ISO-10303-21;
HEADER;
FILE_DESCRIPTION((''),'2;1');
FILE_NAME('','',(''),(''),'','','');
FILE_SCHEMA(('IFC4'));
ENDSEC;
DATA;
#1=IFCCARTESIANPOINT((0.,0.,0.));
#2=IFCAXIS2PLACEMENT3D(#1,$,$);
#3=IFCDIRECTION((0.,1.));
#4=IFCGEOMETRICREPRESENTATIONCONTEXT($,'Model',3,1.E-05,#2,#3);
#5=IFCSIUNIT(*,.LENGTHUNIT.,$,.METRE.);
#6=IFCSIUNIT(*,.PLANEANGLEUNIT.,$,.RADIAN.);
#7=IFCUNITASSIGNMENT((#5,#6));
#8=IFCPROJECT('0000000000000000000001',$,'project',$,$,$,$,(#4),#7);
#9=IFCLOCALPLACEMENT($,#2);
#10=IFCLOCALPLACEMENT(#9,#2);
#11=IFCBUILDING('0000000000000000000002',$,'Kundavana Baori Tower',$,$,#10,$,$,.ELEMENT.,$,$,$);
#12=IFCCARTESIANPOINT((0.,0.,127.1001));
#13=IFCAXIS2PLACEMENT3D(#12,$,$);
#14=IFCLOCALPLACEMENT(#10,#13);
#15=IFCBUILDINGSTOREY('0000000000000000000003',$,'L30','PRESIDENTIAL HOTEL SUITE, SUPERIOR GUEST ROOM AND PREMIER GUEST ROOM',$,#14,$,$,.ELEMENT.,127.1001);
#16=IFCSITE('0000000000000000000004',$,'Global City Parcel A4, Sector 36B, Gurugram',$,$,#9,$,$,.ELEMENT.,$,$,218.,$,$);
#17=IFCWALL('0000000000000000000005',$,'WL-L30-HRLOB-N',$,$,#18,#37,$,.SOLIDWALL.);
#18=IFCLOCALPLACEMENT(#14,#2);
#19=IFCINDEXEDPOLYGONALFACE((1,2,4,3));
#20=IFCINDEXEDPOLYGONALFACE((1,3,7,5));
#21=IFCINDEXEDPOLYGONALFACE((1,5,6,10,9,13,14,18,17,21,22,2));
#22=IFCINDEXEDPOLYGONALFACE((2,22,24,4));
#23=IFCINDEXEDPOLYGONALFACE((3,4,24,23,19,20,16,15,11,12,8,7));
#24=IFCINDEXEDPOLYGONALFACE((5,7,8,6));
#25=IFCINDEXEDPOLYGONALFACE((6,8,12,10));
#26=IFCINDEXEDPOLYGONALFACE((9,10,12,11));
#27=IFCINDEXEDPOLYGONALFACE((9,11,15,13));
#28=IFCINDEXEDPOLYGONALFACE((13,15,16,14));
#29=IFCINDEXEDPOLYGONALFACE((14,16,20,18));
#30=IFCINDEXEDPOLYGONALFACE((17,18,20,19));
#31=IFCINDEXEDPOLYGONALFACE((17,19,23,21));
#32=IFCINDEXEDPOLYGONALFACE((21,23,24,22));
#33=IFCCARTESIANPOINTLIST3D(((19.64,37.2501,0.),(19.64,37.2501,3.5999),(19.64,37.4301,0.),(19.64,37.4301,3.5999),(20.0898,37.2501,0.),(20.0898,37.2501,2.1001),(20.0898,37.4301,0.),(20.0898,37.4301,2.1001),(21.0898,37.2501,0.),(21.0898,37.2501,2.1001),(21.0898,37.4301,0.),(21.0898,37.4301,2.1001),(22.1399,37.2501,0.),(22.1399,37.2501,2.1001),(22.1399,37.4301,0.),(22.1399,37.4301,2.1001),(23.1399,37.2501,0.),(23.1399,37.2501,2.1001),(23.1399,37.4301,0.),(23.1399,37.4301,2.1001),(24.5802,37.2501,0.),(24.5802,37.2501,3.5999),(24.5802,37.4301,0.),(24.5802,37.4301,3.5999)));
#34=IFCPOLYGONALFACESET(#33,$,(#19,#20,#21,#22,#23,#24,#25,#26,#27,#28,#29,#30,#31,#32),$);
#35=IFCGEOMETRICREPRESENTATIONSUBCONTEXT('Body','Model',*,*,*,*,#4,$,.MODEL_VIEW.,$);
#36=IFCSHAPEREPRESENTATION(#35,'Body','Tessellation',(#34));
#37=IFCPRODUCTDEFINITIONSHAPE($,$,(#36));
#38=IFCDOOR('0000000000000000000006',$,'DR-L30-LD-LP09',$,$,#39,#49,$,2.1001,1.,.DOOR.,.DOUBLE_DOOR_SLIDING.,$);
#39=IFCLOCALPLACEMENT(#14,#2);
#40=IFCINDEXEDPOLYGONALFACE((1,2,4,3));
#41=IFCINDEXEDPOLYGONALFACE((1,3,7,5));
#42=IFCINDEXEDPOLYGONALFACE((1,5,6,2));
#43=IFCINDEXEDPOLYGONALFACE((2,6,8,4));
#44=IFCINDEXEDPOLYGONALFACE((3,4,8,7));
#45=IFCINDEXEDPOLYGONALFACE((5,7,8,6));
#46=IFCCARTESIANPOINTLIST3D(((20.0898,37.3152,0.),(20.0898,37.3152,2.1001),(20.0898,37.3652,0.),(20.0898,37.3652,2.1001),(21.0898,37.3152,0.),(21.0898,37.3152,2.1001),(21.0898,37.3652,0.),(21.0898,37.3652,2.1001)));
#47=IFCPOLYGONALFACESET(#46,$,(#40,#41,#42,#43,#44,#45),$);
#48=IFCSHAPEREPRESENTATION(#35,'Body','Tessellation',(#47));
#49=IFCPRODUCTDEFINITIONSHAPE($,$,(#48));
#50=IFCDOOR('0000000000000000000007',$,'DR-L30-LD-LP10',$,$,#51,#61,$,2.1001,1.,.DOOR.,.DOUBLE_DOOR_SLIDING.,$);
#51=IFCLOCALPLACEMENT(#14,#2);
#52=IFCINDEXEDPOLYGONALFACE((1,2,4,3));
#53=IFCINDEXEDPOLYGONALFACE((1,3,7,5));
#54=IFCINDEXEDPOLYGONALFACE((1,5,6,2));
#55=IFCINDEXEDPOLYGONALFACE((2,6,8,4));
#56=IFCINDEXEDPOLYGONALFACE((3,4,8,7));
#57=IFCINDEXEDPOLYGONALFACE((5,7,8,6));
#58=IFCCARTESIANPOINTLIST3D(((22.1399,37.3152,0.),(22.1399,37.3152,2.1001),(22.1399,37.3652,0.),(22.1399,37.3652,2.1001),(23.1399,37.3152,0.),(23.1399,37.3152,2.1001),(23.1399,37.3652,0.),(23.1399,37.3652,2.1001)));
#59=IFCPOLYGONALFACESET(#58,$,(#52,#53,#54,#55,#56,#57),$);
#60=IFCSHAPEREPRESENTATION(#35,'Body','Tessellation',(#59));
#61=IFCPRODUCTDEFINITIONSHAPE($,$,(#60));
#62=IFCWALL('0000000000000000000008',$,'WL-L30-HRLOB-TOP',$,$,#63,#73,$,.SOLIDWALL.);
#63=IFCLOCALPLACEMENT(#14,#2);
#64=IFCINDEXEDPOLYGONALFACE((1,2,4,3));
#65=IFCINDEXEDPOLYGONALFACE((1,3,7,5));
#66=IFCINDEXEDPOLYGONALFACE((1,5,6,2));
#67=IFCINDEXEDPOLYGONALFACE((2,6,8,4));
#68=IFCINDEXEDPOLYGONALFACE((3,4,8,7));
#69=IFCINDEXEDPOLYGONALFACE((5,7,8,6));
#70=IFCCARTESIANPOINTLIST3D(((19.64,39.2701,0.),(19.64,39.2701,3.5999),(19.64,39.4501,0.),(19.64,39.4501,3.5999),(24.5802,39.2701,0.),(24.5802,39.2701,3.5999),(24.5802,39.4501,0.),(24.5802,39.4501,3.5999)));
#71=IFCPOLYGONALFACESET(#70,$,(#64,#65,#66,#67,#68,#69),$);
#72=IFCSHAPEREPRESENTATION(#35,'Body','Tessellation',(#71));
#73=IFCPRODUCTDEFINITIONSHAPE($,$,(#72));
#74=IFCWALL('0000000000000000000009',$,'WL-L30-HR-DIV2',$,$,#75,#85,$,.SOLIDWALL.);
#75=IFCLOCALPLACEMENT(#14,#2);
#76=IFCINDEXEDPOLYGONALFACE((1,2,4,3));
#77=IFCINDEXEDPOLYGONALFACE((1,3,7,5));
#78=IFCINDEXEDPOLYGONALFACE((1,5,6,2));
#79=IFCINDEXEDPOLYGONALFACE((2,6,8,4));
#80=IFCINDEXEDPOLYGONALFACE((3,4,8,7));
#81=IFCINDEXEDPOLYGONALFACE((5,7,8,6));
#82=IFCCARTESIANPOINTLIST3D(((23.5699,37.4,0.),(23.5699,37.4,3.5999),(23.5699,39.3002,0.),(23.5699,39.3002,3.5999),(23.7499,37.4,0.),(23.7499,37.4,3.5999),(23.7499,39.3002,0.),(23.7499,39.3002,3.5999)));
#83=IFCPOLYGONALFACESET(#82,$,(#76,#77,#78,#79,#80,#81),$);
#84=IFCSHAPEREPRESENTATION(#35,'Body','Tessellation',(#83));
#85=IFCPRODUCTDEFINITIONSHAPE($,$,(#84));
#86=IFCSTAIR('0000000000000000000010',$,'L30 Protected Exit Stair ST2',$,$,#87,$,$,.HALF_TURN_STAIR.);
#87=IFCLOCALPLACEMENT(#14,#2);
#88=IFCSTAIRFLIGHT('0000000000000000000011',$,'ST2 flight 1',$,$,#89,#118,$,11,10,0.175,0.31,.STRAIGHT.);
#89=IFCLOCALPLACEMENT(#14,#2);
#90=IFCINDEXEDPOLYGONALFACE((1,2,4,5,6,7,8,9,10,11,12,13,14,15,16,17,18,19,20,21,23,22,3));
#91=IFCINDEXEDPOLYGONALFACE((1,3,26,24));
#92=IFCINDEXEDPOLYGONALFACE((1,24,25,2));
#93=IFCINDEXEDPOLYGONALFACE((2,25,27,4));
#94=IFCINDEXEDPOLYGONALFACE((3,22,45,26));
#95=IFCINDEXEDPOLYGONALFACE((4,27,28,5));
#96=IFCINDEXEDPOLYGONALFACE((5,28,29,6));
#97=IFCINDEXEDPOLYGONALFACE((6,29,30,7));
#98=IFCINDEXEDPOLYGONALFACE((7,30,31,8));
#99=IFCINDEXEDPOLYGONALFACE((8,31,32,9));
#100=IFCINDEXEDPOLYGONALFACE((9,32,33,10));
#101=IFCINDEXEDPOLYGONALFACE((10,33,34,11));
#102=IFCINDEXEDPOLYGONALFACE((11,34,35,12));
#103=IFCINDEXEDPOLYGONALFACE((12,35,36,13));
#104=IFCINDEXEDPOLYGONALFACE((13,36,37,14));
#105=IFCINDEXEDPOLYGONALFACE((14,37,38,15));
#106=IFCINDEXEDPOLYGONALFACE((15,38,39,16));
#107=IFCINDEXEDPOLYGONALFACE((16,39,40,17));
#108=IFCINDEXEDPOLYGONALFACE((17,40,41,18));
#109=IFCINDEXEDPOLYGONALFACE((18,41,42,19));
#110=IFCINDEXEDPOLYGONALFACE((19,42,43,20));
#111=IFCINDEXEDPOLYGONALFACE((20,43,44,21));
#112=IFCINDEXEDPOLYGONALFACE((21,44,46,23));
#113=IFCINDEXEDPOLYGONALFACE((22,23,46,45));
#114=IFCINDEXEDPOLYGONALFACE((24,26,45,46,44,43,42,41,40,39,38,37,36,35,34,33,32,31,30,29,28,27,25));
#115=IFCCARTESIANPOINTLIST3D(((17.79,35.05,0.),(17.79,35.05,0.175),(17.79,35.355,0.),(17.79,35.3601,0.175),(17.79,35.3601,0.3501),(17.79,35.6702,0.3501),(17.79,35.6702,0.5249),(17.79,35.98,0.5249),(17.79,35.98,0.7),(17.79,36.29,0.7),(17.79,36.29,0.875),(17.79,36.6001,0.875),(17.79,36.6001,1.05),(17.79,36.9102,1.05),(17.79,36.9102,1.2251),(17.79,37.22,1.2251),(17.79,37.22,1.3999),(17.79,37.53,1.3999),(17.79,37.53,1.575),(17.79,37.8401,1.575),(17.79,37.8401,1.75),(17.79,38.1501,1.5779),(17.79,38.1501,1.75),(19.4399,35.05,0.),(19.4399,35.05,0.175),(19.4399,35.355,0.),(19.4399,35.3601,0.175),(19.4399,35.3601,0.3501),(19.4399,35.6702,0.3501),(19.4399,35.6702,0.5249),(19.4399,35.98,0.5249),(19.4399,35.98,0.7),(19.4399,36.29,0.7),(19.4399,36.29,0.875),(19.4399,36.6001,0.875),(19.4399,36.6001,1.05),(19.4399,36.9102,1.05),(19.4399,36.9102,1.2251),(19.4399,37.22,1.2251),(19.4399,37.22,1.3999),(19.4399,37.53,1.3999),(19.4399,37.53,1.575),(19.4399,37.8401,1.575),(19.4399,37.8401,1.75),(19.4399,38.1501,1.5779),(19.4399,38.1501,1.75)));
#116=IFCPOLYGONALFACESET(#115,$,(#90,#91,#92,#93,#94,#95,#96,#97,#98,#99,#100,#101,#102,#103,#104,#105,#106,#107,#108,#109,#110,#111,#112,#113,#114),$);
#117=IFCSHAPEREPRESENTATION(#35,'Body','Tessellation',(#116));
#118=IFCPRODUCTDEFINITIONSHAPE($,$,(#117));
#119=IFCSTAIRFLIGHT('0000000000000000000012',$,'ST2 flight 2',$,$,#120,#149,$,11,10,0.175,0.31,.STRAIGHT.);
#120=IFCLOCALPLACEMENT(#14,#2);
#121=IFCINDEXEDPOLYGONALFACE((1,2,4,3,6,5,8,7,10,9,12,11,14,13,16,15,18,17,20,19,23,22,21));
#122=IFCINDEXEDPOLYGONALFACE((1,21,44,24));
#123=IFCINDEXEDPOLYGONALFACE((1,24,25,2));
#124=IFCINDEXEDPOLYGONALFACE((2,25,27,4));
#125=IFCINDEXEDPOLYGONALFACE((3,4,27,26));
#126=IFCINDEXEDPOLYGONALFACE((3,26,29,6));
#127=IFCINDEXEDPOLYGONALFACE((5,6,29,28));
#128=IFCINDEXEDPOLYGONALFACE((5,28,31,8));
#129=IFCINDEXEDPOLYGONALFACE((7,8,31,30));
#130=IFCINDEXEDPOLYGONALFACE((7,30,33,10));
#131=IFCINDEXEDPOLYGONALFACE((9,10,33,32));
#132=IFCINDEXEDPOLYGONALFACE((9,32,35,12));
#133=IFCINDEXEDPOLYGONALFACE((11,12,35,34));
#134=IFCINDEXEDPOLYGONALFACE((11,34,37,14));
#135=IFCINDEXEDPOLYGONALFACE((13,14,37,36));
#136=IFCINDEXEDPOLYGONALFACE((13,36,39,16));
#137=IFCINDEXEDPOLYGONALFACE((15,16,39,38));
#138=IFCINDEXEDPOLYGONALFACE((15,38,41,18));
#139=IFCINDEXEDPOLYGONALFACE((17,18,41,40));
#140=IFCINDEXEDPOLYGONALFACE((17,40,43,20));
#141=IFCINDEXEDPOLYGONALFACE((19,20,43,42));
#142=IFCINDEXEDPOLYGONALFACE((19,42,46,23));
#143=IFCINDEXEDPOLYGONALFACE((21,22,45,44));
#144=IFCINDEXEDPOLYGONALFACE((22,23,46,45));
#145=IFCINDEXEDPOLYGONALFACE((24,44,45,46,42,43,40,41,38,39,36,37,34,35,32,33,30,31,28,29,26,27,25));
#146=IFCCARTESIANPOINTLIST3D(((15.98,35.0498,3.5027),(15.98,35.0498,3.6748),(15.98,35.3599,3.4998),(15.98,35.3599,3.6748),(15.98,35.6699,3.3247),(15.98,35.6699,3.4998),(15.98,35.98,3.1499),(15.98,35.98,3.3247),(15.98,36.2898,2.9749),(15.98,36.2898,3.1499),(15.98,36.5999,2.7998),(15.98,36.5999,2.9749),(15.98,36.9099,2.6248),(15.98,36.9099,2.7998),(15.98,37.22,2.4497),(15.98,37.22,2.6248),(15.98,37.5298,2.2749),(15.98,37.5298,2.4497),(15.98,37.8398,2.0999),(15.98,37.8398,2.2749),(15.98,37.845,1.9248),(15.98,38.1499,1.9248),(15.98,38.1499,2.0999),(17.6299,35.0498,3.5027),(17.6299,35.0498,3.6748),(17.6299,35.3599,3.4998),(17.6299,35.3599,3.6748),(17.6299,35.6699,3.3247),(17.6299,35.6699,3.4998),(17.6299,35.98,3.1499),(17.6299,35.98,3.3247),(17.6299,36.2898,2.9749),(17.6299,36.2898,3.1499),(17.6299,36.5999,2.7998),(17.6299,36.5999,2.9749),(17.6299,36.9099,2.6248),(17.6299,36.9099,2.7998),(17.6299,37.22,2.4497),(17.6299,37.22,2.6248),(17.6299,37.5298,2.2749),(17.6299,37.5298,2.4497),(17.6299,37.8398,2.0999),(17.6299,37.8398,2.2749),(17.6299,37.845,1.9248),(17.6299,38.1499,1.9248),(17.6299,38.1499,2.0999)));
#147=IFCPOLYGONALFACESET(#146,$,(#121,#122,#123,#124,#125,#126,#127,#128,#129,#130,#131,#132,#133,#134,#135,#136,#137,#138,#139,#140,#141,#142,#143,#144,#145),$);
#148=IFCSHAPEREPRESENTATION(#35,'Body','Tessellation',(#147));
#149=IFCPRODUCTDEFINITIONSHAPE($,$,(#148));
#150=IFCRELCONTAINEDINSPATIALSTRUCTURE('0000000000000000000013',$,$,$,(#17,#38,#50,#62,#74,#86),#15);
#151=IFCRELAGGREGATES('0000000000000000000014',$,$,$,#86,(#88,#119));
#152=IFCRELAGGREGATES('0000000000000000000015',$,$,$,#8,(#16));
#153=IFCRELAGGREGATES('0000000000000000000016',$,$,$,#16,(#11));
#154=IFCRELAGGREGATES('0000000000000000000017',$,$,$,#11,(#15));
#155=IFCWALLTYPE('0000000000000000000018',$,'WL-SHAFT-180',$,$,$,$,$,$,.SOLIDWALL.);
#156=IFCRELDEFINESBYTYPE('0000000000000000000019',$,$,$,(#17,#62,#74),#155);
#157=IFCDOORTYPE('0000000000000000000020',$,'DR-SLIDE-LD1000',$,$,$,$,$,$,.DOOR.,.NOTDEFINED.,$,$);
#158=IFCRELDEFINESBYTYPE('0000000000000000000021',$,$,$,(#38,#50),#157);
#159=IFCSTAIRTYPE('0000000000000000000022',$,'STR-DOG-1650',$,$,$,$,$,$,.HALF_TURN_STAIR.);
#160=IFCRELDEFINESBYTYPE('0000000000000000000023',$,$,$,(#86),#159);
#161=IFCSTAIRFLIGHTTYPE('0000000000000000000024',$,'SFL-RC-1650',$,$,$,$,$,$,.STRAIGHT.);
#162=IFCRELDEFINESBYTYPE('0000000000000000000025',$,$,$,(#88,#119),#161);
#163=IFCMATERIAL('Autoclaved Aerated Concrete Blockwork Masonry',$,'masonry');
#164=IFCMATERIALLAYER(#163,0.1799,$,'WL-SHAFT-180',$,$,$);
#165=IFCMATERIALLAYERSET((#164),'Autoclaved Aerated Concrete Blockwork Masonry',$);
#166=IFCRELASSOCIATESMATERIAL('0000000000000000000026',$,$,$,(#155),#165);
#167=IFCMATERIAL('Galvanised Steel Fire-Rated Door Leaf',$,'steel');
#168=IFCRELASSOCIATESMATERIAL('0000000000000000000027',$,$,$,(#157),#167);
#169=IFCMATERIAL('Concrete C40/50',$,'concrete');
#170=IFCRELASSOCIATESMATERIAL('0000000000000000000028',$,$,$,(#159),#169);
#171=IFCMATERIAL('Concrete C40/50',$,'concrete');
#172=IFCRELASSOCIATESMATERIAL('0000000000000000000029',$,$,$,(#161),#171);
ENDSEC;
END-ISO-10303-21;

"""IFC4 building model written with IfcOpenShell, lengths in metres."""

from ifc_helpers import new_model, si_unit, direction, frame, frame_2d, origin, place, context, subcontext, project, spatial, polyline, rectangle, outline, extrude, material, layer, layer_set, type_object, element, fill, aggregate, save


model = new_model("IFC4")

# Units and contexts
model_context = context("Model", 3, precision=1e-05, world=origin(), true_north=direction((0.0, 1.0)))
body_context = subcontext(model_context, "Body", "Model", "MODEL_VIEW")
ifc_project = project(units=[si_unit("LENGTHUNIT", "METRE"), si_unit("PLANEANGLEUNIT", "RADIAN")], contexts=[model_context])

# Site, building, storey
site_placement = place(None, origin())
site = spatial("IfcSite", under=ifc_project, at=site_placement, Name="Global City Parcel A4, Sector 36B, Gurugram", CompositionType="ELEMENT", RefElevation=218.0)
building_placement = place(site_placement, origin())
building = spatial("IfcBuilding", under=site, at=building_placement, Name="Kundavana Baori Tower", CompositionType="ELEMENT")
storey_placement = place(building_placement, frame((0.0, 0.0, 127.1001)))
storey = spatial("IfcBuildingStorey", under=building, at=storey_placement, Name="L30", Description="PRESIDENTIAL HOTEL SUITE, SUPERIOR GUEST ROOM AND PREMIER GUEST ROOM", CompositionType="ELEMENT", Elevation=127.1001)

# Shared definitions
ifc_material_1 = material(Name="Autoclaved Aerated Concrete Blockwork Masonry", Category="masonry")
ifc_layer_1 = layer(ifc_material_1, 0.1799, Name="WL-SHAFT-180")
ifc_layer_set_1 = layer_set([ifc_layer_1], Name="Autoclaved Aerated Concrete Blockwork Masonry")
wall_type_1 = type_object("IfcWallType", Name="WL-SHAFT-180", PredefinedType="SOLIDWALL", material=ifc_layer_set_1)
ifc_material_2 = material(Name="Galvanised Steel Fire-Rated Door Leaf", Category="steel")
door_type = type_object("IfcDoorType", Name="DR-SLIDE-LD1000", OperationType="NOTDEFINED", PredefinedType="DOOR", material=ifc_material_2)

# Wall, openings, doors
wall_1_placement = place(storey_placement, frame((19.6399, 37.3401, 0.0), z_axis=(0.0, 0.0, 1.0), x_axis=(1.0, 0.0, 0.0)))
wall_1 = element("IfcWall", 1, at=wall_1_placement, inside=storey, type_object=wall_type_1, Name="WL-L30-HRLOB-N", PredefinedType="SOLIDWALL", context=body_context, shape_type="SweptSolid", body=[
    extrude(rectangle(XDim=4.9402, YDim=0.1799, at=frame_2d((2.4702, 0.0))), origin(), (0.0, 0.0, 1.0), 3.5999),
])
opening_1_placement = place(wall_1_placement, frame((0.45, 0.0, 0.0)))
opening_1 = element("IfcOpeningElement", 2, at=opening_1_placement, cuts=wall_1, PredefinedType="OPENING", context=body_context, shape_type="SweptSolid", body=[
    extrude(rectangle(XDim=1.0, YDim=2.1001, at=frame_2d((0.5, 1.05))), frame((0.0, 0.1001, 0.0), z_axis=(0.0, -1.0, 0.0), x_axis=(1.0, 0.0, 0.0)), (0.0, 0.0, 1.0), 0.2),
])
opening_2_placement = place(wall_1_placement, frame((2.5, 0.0, 0.0)))
opening_2 = element("IfcOpeningElement", 3, at=opening_2_placement, cuts=wall_1, PredefinedType="OPENING", context=body_context, shape_type="SweptSolid", body=[
    extrude(rectangle(XDim=1.0, YDim=2.1001, at=frame_2d((0.5, 1.05))), frame((0.0, 0.1001, 0.0), z_axis=(0.0, -1.0, 0.0), x_axis=(1.0, 0.0, 0.0)), (0.0, 0.0, 1.0), 0.2),
])
door_1_placement = place(opening_1_placement, frame((1.0, 0.0, 0.0), z_axis=(0.0, 0.0, 1.0), x_axis=(-1.0, 0.0, 0.0)))
door_1 = element("IfcDoor", 4, at=door_1_placement, inside=storey, type_object=door_type, Name="DR-L30-LD-LP09", OperationType="DOUBLE_DOOR_SLIDING", OverallHeight=2.1001, OverallWidth=1.0, PredefinedType="DOOR", context=body_context, shape_type="SweptSolid", body=[
    extrude(rectangle(XDim=1.0, YDim=2.1001, at=frame_2d((0.5, 1.05))), frame((0.0, 0.0249, 0.0), z_axis=(0.0, -1.0, 0.0), x_axis=(1.0, 0.0, 0.0)), (0.0, 0.0, 1.0), 0.05),
])
fill(opening_1, door_1)
door_2_placement = place(opening_2_placement, frame((1.0, 0.0, 0.0), z_axis=(0.0, 0.0, 1.0), x_axis=(-1.0, 0.0, 0.0)))
door_2 = element("IfcDoor", 5, at=door_2_placement, inside=storey, type_object=door_type, Name="DR-L30-LD-LP10", OperationType="DOUBLE_DOOR_SLIDING", OverallHeight=2.1001, OverallWidth=1.0, PredefinedType="DOOR", context=body_context, shape_type="SweptSolid", body=[
    extrude(rectangle(XDim=1.0, YDim=2.1001, at=frame_2d((0.5, 1.05))), frame((0.0, 0.0249, 0.0), z_axis=(0.0, -1.0, 0.0), x_axis=(1.0, 0.0, 0.0)), (0.0, 0.0, 1.0), 0.05),
])
fill(opening_2, door_2)

# Walls
wall_2_placement = place(storey_placement, frame((19.6399, 39.3601, 0.0), z_axis=(0.0, 0.0, 1.0), x_axis=(1.0, 0.0, 0.0)))
element("IfcWall", 6, at=wall_2_placement, inside=storey, type_object=wall_type_1, Name="WL-L30-HRLOB-TOP", PredefinedType="SOLIDWALL", context=body_context, shape_type="SweptSolid", body=[
    extrude(rectangle(XDim=4.9402, YDim=0.1799, at=frame_2d((2.4702, 0.0))), origin(), (0.0, 0.0, 1.0), 3.5999),
])
wall_3_placement = place(storey_placement, frame((23.6599, 37.3999, 0.0), z_axis=(0.0, 0.0, 1.0), x_axis=(0.0, 1.0, 0.0)))
element("IfcWall", 7, at=wall_3_placement, inside=storey, type_object=wall_type_1, Name="WL-L30-HR-DIV2", PredefinedType="SOLIDWALL", context=body_context, shape_type="SweptSolid", body=[
    extrude(rectangle(XDim=1.9001, YDim=0.1799, at=frame_2d((0.9502, 0.0))), origin(), (0.0, 0.0, 1.0), 3.5999),
])

# Stair, stair flights
ifc_material_3 = material(Name="Concrete C40/50", Category="concrete")
stair_type = type_object("IfcStairType", Name="STR-DOG-1650", PredefinedType="HALF_TURN_STAIR", material=ifc_material_3)
stair_placement = place(storey_placement, origin())
stair = element("IfcStair", 8, at=stair_placement, inside=storey, type_object=stair_type, Name="L30 Protected Exit Stair ST2", PredefinedType="HALF_TURN_STAIR")
ifc_material_4 = material(Name="Concrete C40/50", Category="concrete")
stair_flight_type = type_object("IfcStairFlightType", Name="SFL-RC-1650", PredefinedType="STRAIGHT", material=ifc_material_4)
stair_flight_1_placement = place(storey_placement, frame((18.615, 35.05, 0.0), z_axis=(0.0, 0.0, 1.0), x_axis=(0.0, 1.0, 0.0)))
stair_flight_1 = element("IfcStairFlight", 9, at=stair_flight_1_placement, type_object=stair_flight_type, Name="ST2 flight 1", NumberOfRisers=11, NumberOfTreads=10, PredefinedType="STRAIGHT", RiserHeight=0.175, TreadLength=0.31, context=body_context, shape_type="SweptSolid", body=[
    extrude(outline(polyline([(0.0, 0.0), (0.0, 0.175), (0.3101, 0.175), (0.3101, 0.3501), (0.6201, 0.3501), (0.6201, 0.5249), (0.9299, 0.5249), (0.9299, 0.7), (1.24, 0.7), (1.24, 0.875), (1.55, 0.875), (1.55, 1.05), (1.8601, 1.05), (1.8601, 1.2251), (2.1699, 1.2251), (2.1699, 1.3999), (2.48, 1.3999), (2.48, 1.575), (2.79, 1.575), (2.79, 1.75), (3.1001, 1.75), (3.1001, 1.925), (3.1001, 1.5779), (0.3049, 0.0), (0.0, 0.0)])), frame((0.0, 0.825, 0.0), z_axis=(0.0, -1.0, 0.0), x_axis=(1.0, 0.0, 0.0)), (0.0, 0.0, 1.0), 1.6499),
])
stair_flight_2_placement = place(storey_placement, frame((16.8049, 38.1499, 1.9248), z_axis=(0.0, 0.0, 1.0), x_axis=(0.0, -1.0, 0.0)))
stair_flight_2 = element("IfcStairFlight", 10, at=stair_flight_2_placement, type_object=stair_flight_type, Name="ST2 flight 2", NumberOfRisers=11, NumberOfTreads=10, PredefinedType="STRAIGHT", RiserHeight=0.175, TreadLength=0.31, context=body_context, shape_type="SweptSolid", body=[
    extrude(outline(polyline([(0.0, 0.0), (0.0, 0.175), (0.3101, 0.175), (0.3101, 0.3501), (0.6201, 0.3501), (0.6201, 0.5249), (0.9299, 0.5249), (0.9299, 0.7), (1.24, 0.7), (1.24, 0.875), (1.55, 0.875), (1.55, 1.05), (1.8601, 1.05), (1.8601, 1.2251), (2.1699, 1.2251), (2.1699, 1.3999), (2.48, 1.3999), (2.48, 1.575), (2.79, 1.575), (2.79, 1.75), (3.1001, 1.75), (3.1001, 1.925), (3.1001, 1.5779), (0.3049, 0.0), (0.0, 0.0)])), frame((0.0, 0.825, 0.0), z_axis=(0.0, -1.0, 0.0), x_axis=(1.0, 0.0, 0.0)), (0.0, 0.0, 1.0), 1.6499),
])
aggregate(stair, [stair_flight_1, stair_flight_2])

save(model, "model.ifc")
